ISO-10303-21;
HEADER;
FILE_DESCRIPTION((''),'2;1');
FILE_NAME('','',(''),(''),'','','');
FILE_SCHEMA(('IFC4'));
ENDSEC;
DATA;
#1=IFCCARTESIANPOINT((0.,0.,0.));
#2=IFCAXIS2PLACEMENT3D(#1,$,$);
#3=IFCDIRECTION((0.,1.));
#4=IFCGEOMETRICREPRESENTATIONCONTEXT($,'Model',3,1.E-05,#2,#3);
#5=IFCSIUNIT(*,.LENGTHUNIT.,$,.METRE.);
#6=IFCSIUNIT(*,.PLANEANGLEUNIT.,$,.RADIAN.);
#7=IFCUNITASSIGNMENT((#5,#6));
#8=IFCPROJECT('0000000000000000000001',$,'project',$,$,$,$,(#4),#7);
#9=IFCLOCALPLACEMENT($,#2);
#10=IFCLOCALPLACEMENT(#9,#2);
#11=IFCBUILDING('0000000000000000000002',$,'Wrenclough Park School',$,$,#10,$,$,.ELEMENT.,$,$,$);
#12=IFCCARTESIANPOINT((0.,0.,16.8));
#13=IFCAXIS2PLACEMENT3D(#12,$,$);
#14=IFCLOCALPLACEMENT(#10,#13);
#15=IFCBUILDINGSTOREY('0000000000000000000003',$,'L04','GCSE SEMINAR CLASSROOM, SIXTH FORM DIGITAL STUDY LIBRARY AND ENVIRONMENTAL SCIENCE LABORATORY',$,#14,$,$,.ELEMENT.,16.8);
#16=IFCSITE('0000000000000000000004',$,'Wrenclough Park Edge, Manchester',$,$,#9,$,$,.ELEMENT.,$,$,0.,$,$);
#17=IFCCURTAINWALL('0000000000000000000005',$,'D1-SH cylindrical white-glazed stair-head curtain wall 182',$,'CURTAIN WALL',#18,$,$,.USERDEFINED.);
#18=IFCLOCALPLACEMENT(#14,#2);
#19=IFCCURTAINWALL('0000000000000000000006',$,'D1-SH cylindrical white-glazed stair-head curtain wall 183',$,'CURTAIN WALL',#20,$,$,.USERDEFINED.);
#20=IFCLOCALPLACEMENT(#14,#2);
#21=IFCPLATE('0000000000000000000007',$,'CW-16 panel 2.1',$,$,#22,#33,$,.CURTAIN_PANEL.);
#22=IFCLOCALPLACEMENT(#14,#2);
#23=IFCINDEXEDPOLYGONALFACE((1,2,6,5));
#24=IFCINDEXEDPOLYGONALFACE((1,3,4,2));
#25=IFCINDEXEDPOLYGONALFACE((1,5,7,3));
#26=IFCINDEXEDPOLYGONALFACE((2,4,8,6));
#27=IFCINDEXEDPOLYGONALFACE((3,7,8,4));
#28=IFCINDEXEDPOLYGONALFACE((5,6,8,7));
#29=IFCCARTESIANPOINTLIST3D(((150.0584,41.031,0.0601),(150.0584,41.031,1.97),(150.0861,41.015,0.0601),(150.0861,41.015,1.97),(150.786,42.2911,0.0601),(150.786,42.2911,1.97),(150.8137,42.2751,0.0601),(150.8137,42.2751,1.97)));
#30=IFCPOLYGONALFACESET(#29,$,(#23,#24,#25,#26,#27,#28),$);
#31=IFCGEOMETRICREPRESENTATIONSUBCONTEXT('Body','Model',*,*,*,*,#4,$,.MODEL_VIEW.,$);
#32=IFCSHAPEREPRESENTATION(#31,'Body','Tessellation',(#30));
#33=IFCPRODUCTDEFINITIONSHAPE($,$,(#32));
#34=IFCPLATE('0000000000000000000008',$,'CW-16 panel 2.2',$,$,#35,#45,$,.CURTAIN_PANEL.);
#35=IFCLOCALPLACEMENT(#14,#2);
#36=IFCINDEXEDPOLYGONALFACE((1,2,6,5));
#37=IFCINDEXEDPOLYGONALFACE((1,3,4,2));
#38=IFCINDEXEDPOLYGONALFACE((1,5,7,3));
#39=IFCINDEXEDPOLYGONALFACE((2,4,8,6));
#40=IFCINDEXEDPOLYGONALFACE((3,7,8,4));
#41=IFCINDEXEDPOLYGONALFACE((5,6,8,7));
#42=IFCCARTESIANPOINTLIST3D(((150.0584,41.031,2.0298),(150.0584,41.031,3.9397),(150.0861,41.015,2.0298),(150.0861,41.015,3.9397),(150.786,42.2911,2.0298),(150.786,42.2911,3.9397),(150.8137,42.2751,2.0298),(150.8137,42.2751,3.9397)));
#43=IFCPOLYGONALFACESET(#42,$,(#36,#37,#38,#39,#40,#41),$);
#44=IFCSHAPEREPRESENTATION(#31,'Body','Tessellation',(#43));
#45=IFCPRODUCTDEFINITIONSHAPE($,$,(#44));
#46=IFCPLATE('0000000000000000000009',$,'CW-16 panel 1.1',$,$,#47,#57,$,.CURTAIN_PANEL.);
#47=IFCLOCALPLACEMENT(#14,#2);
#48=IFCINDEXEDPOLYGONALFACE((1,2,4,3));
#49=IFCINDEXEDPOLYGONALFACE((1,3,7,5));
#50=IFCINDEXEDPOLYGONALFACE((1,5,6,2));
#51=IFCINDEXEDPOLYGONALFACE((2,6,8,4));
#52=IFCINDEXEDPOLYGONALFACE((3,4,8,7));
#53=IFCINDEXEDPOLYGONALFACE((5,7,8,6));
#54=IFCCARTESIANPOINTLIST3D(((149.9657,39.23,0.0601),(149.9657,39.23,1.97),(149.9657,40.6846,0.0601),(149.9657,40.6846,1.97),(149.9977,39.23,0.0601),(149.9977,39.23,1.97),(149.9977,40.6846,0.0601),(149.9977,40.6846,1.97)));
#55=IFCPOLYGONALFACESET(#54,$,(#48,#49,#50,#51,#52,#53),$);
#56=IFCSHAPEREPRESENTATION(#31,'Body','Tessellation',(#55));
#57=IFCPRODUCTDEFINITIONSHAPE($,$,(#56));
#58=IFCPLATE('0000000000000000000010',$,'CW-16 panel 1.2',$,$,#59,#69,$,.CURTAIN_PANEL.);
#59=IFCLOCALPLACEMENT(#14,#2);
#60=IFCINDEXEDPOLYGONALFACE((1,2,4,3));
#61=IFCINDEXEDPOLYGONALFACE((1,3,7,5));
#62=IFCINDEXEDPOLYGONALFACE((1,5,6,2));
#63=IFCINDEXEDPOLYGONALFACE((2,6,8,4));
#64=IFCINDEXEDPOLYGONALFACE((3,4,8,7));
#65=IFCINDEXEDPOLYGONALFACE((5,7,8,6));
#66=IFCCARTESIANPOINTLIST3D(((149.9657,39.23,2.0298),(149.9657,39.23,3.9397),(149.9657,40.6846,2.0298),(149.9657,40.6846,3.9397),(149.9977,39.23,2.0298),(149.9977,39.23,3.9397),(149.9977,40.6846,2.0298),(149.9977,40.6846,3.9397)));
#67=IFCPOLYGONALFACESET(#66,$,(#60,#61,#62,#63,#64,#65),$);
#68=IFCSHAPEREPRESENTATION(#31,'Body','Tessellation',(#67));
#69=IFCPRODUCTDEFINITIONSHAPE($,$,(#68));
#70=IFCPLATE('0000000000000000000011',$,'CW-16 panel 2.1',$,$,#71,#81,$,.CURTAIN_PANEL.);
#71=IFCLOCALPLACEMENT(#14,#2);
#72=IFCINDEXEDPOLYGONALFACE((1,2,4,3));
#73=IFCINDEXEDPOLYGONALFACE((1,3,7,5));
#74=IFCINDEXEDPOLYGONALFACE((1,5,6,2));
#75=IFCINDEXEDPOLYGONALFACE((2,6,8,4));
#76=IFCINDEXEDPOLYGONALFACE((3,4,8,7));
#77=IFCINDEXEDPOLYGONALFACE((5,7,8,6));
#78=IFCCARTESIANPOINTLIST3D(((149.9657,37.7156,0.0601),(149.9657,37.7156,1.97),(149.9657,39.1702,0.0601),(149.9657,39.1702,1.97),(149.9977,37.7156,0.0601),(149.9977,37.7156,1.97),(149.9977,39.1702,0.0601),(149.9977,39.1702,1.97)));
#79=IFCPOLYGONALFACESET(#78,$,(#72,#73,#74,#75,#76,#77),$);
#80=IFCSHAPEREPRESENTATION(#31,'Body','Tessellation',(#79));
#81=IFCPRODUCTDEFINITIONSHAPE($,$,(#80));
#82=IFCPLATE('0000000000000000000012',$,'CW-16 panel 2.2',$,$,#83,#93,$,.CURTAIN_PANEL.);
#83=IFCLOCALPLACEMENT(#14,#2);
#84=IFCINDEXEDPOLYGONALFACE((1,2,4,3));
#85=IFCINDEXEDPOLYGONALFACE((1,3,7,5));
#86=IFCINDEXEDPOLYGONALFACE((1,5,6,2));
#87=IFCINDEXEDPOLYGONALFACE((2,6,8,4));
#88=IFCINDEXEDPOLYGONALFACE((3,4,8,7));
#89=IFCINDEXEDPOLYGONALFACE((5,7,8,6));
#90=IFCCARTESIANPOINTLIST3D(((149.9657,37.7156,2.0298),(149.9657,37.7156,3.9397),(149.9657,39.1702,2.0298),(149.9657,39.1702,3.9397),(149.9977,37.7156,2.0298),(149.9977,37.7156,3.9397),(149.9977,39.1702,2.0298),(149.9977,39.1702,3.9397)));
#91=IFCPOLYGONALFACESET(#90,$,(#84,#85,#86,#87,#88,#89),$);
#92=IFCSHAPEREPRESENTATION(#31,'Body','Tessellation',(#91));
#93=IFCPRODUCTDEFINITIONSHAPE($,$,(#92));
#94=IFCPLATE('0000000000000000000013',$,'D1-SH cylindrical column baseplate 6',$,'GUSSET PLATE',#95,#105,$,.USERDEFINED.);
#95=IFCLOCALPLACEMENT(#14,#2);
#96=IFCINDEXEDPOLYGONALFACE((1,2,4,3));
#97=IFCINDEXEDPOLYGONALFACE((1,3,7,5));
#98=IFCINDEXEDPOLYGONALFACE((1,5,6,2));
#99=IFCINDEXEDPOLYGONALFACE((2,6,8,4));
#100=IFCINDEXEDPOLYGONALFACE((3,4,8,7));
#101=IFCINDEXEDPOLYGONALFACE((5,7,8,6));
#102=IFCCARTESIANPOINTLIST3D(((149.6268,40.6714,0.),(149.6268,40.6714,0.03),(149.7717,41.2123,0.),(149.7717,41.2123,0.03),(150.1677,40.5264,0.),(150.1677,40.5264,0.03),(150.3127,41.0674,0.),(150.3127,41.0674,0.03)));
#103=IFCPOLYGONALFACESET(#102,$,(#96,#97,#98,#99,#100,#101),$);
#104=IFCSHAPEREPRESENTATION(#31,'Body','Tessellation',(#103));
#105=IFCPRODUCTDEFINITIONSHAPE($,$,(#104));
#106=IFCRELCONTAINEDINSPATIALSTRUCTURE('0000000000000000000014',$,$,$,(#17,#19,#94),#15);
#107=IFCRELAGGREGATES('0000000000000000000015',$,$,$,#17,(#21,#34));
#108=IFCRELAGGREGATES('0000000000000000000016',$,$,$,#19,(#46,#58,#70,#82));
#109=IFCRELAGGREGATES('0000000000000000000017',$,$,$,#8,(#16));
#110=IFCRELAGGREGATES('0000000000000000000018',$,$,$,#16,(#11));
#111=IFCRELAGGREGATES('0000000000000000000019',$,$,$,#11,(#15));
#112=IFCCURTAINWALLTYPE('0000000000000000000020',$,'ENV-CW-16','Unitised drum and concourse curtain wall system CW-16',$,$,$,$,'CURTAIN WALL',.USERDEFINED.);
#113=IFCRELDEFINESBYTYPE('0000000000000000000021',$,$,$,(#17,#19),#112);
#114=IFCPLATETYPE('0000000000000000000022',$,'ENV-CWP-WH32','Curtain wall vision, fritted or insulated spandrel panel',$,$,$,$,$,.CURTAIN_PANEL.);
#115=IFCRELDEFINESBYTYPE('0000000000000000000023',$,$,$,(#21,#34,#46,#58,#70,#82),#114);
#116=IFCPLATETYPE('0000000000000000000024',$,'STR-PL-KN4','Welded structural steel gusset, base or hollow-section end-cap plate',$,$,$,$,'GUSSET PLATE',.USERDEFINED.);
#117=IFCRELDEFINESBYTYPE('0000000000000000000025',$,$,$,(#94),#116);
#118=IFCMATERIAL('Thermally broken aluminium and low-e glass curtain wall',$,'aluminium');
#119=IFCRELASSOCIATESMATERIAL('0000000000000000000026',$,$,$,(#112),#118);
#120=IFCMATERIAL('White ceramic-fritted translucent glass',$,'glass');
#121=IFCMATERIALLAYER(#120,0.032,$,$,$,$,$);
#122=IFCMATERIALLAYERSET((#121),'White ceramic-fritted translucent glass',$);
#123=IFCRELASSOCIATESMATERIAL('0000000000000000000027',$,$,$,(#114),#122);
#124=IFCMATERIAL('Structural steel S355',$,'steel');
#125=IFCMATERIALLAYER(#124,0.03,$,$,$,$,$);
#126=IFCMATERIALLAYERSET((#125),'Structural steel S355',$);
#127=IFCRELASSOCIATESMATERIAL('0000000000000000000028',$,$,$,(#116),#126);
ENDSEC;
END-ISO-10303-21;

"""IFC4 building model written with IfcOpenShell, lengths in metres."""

from ifc_helpers import new_model, si_unit, direction, frame, origin, origin_2d, place, context, subcontext, project, spatial, rectangle, extrude, material, layer, layer_set, type_object, element, aggregate, save


model = new_model("IFC4")

# Units and contexts
model_context = context("Model", 3, precision=1e-05, world=origin(), true_north=direction((0.0, 1.0)))
body_context = subcontext(model_context, "Body", "Model", "MODEL_VIEW")
ifc_project = project(units=[si_unit("LENGTHUNIT", "METRE"), si_unit("PLANEANGLEUNIT", "RADIAN")], contexts=[model_context])

# Site, building, storey
site_placement = place(None, origin())
site = spatial("IfcSite", under=ifc_project, at=site_placement, Name="Wrenclough Park Edge, Manchester", CompositionType="ELEMENT", RefElevation=0.0)
building_placement = place(site_placement, origin())
building = spatial("IfcBuilding", under=site, at=building_placement, Name="Wrenclough Park School", CompositionType="ELEMENT")
storey_placement = place(building_placement, frame((0.0, 0.0, 16.8)))
storey = spatial("IfcBuildingStorey", under=building, at=storey_placement, Name="L04", Description="GCSE SEMINAR CLASSROOM, SIXTH FORM DIGITAL STUDY LIBRARY AND ENVIRONMENTAL SCIENCE LABORATORY", CompositionType="ELEMENT", Elevation=16.8)

# Shared definitions
ifc_material_1 = material(Name="Structural steel S355", Category="steel")

# Curtain walls
ifc_material_2 = material(Name="Thermally broken aluminium and low-e glass curtain wall", Category="aluminium")
curtain_wall_type = type_object("IfcCurtainWallType", Name="ENV-CW-16", Description="Unitised drum and concourse curtain wall system CW-16", ElementType="CURTAIN WALL", PredefinedType="USERDEFINED", material=ifc_material_2)
curtain_wall_1_placement = place(storey_placement, origin())
curtain_wall_1 = element("IfcCurtainWall", 1, at=curtain_wall_1_placement, inside=storey, type_object=curtain_wall_type, Name="D1-SH cylindrical white-glazed stair-head curtain wall 182", ObjectType="CURTAIN WALL", PredefinedType="USERDEFINED")
curtain_wall_2_placement = place(storey_placement, origin())
curtain_wall_2 = element("IfcCurtainWall", 2, at=curtain_wall_2_placement, inside=storey, type_object=curtain_wall_type, Name="D1-SH cylindrical white-glazed stair-head curtain wall 183", ObjectType="CURTAIN WALL", PredefinedType="USERDEFINED")

# Plates
ifc_material_3 = material(Name="White ceramic-fritted translucent glass", Category="glass")
ifc_layer_1 = layer(ifc_material_3, 0.032)
ifc_layer_set_1 = layer_set([ifc_layer_1], Name="White ceramic-fritted translucent glass")
plate_type_1 = type_object("IfcPlateType", Name="ENV-CWP-WH32", Description="Curtain wall vision, fritted or insulated spandrel panel", PredefinedType="CURTAIN_PANEL", material=ifc_layer_set_1)
plate_1_placement = place(storey_placement, frame((150.436, 41.6531, 0.0601), z_axis=(0.0, 0.0, 1.0), x_axis=(-0.500003, -0.866024, 0.0)))
plate_1 = element("IfcPlate", 3, at=plate_1_placement, type_object=plate_type_1, Name="CW-16 panel 2.1", PredefinedType="CURTAIN_PANEL", context=body_context, shape_type="SweptSolid", body=[
    extrude(rectangle(XDim=1.4551, YDim=0.032, at=origin_2d()), origin(), (0.0, 0.0, 1.0), 1.9099),
])
plate_2_placement = place(storey_placement, frame((150.436, 41.6531, 2.0298), z_axis=(0.0, 0.0, 1.0), x_axis=(-0.500003, -0.866024, 0.0)))
plate_2 = element("IfcPlate", 4, at=plate_2_placement, type_object=plate_type_1, Name="CW-16 panel 2.2", PredefinedType="CURTAIN_PANEL", context=body_context, shape_type="SweptSolid", body=[
    extrude(rectangle(XDim=1.4551, YDim=0.032, at=origin_2d()), origin(), (0.0, 0.0, 1.0), 1.9099),
])
aggregate(curtain_wall_1, [plate_1, plate_2])
plate_3_placement = place(storey_placement, frame((149.9817, 39.9573, 0.0601), z_axis=(0.0, 0.0, 1.0), x_axis=(0.0, -1.0, 0.0)))
plate_3 = element("IfcPlate", 5, at=plate_3_placement, type_object=plate_type_1, Name="CW-16 panel 1.1", PredefinedType="CURTAIN_PANEL", context=body_context, shape_type="SweptSolid", body=[
    extrude(rectangle(XDim=1.4546, YDim=0.032, at=origin_2d()), origin(), (0.0, 0.0, 1.0), 1.9099),
])
plate_4_placement = place(storey_placement, frame((149.9817, 39.9573, 2.0298), z_axis=(0.0, 0.0, 1.0), x_axis=(0.0, -1.0, 0.0)))
plate_4 = element("IfcPlate", 6, at=plate_4_placement, type_object=plate_type_1, Name="CW-16 panel 1.2", PredefinedType="CURTAIN_PANEL", context=body_context, shape_type="SweptSolid", body=[
    extrude(rectangle(XDim=1.4546, YDim=0.032, at=origin_2d()), origin(), (0.0, 0.0, 1.0), 1.9099),
])
plate_5_placement = place(storey_placement, frame((149.9817, 38.4429, 0.0601), z_axis=(0.0, 0.0, 1.0), x_axis=(0.0, -1.0, 0.0)))
plate_5 = element("IfcPlate", 7, at=plate_5_placement, type_object=plate_type_1, Name="CW-16 panel 2.1", PredefinedType="CURTAIN_PANEL", context=body_context, shape_type="SweptSolid", body=[
    extrude(rectangle(XDim=1.4546, YDim=0.032, at=origin_2d()), origin(), (0.0, 0.0, 1.0), 1.9099),
])
plate_6_placement = place(storey_placement, frame((149.9817, 38.4429, 2.0298), z_axis=(0.0, 0.0, 1.0), x_axis=(0.0, -1.0, 0.0)))
plate_6 = element("IfcPlate", 8, at=plate_6_placement, type_object=plate_type_1, Name="CW-16 panel 2.2", PredefinedType="CURTAIN_PANEL", context=body_context, shape_type="SweptSolid", body=[
    extrude(rectangle(XDim=1.4546, YDim=0.032, at=origin_2d()), origin(), (0.0, 0.0, 1.0), 1.9099),
])
aggregate(curtain_wall_2, [plate_3, plate_4, plate_5, plate_6])
ifc_layer_2 = layer(ifc_material_1, 0.03)
ifc_layer_set_2 = layer_set([ifc_layer_2], Name="Structural steel S355")
plate_type_2 = type_object("IfcPlateType", Name="STR-PL-KN4", Description="Welded structural steel gusset, base or hollow-section end-cap plate", ElementType="GUSSET PLATE", PredefinedType="USERDEFINED", material=ifc_layer_set_2)
plate_7_placement = place(storey_placement, frame((149.9697, 40.8694, 0.0), z_axis=(0.0, 0.0, 1.0), x_axis=(-0.258819, -0.965926, 0.0)))
element("IfcPlate", 9, at=plate_7_placement, inside=storey, type_object=plate_type_2, Name="D1-SH cylindrical column baseplate 6", ObjectType="GUSSET PLATE", PredefinedType="USERDEFINED", context=body_context, shape_type="SweptSolid", body=[
    extrude(rectangle(XDim=0.5601, YDim=0.5601, at=origin_2d()), origin(), (0.0, 0.0, 1.0), 0.03),
])

save(model, "model.ifc")
